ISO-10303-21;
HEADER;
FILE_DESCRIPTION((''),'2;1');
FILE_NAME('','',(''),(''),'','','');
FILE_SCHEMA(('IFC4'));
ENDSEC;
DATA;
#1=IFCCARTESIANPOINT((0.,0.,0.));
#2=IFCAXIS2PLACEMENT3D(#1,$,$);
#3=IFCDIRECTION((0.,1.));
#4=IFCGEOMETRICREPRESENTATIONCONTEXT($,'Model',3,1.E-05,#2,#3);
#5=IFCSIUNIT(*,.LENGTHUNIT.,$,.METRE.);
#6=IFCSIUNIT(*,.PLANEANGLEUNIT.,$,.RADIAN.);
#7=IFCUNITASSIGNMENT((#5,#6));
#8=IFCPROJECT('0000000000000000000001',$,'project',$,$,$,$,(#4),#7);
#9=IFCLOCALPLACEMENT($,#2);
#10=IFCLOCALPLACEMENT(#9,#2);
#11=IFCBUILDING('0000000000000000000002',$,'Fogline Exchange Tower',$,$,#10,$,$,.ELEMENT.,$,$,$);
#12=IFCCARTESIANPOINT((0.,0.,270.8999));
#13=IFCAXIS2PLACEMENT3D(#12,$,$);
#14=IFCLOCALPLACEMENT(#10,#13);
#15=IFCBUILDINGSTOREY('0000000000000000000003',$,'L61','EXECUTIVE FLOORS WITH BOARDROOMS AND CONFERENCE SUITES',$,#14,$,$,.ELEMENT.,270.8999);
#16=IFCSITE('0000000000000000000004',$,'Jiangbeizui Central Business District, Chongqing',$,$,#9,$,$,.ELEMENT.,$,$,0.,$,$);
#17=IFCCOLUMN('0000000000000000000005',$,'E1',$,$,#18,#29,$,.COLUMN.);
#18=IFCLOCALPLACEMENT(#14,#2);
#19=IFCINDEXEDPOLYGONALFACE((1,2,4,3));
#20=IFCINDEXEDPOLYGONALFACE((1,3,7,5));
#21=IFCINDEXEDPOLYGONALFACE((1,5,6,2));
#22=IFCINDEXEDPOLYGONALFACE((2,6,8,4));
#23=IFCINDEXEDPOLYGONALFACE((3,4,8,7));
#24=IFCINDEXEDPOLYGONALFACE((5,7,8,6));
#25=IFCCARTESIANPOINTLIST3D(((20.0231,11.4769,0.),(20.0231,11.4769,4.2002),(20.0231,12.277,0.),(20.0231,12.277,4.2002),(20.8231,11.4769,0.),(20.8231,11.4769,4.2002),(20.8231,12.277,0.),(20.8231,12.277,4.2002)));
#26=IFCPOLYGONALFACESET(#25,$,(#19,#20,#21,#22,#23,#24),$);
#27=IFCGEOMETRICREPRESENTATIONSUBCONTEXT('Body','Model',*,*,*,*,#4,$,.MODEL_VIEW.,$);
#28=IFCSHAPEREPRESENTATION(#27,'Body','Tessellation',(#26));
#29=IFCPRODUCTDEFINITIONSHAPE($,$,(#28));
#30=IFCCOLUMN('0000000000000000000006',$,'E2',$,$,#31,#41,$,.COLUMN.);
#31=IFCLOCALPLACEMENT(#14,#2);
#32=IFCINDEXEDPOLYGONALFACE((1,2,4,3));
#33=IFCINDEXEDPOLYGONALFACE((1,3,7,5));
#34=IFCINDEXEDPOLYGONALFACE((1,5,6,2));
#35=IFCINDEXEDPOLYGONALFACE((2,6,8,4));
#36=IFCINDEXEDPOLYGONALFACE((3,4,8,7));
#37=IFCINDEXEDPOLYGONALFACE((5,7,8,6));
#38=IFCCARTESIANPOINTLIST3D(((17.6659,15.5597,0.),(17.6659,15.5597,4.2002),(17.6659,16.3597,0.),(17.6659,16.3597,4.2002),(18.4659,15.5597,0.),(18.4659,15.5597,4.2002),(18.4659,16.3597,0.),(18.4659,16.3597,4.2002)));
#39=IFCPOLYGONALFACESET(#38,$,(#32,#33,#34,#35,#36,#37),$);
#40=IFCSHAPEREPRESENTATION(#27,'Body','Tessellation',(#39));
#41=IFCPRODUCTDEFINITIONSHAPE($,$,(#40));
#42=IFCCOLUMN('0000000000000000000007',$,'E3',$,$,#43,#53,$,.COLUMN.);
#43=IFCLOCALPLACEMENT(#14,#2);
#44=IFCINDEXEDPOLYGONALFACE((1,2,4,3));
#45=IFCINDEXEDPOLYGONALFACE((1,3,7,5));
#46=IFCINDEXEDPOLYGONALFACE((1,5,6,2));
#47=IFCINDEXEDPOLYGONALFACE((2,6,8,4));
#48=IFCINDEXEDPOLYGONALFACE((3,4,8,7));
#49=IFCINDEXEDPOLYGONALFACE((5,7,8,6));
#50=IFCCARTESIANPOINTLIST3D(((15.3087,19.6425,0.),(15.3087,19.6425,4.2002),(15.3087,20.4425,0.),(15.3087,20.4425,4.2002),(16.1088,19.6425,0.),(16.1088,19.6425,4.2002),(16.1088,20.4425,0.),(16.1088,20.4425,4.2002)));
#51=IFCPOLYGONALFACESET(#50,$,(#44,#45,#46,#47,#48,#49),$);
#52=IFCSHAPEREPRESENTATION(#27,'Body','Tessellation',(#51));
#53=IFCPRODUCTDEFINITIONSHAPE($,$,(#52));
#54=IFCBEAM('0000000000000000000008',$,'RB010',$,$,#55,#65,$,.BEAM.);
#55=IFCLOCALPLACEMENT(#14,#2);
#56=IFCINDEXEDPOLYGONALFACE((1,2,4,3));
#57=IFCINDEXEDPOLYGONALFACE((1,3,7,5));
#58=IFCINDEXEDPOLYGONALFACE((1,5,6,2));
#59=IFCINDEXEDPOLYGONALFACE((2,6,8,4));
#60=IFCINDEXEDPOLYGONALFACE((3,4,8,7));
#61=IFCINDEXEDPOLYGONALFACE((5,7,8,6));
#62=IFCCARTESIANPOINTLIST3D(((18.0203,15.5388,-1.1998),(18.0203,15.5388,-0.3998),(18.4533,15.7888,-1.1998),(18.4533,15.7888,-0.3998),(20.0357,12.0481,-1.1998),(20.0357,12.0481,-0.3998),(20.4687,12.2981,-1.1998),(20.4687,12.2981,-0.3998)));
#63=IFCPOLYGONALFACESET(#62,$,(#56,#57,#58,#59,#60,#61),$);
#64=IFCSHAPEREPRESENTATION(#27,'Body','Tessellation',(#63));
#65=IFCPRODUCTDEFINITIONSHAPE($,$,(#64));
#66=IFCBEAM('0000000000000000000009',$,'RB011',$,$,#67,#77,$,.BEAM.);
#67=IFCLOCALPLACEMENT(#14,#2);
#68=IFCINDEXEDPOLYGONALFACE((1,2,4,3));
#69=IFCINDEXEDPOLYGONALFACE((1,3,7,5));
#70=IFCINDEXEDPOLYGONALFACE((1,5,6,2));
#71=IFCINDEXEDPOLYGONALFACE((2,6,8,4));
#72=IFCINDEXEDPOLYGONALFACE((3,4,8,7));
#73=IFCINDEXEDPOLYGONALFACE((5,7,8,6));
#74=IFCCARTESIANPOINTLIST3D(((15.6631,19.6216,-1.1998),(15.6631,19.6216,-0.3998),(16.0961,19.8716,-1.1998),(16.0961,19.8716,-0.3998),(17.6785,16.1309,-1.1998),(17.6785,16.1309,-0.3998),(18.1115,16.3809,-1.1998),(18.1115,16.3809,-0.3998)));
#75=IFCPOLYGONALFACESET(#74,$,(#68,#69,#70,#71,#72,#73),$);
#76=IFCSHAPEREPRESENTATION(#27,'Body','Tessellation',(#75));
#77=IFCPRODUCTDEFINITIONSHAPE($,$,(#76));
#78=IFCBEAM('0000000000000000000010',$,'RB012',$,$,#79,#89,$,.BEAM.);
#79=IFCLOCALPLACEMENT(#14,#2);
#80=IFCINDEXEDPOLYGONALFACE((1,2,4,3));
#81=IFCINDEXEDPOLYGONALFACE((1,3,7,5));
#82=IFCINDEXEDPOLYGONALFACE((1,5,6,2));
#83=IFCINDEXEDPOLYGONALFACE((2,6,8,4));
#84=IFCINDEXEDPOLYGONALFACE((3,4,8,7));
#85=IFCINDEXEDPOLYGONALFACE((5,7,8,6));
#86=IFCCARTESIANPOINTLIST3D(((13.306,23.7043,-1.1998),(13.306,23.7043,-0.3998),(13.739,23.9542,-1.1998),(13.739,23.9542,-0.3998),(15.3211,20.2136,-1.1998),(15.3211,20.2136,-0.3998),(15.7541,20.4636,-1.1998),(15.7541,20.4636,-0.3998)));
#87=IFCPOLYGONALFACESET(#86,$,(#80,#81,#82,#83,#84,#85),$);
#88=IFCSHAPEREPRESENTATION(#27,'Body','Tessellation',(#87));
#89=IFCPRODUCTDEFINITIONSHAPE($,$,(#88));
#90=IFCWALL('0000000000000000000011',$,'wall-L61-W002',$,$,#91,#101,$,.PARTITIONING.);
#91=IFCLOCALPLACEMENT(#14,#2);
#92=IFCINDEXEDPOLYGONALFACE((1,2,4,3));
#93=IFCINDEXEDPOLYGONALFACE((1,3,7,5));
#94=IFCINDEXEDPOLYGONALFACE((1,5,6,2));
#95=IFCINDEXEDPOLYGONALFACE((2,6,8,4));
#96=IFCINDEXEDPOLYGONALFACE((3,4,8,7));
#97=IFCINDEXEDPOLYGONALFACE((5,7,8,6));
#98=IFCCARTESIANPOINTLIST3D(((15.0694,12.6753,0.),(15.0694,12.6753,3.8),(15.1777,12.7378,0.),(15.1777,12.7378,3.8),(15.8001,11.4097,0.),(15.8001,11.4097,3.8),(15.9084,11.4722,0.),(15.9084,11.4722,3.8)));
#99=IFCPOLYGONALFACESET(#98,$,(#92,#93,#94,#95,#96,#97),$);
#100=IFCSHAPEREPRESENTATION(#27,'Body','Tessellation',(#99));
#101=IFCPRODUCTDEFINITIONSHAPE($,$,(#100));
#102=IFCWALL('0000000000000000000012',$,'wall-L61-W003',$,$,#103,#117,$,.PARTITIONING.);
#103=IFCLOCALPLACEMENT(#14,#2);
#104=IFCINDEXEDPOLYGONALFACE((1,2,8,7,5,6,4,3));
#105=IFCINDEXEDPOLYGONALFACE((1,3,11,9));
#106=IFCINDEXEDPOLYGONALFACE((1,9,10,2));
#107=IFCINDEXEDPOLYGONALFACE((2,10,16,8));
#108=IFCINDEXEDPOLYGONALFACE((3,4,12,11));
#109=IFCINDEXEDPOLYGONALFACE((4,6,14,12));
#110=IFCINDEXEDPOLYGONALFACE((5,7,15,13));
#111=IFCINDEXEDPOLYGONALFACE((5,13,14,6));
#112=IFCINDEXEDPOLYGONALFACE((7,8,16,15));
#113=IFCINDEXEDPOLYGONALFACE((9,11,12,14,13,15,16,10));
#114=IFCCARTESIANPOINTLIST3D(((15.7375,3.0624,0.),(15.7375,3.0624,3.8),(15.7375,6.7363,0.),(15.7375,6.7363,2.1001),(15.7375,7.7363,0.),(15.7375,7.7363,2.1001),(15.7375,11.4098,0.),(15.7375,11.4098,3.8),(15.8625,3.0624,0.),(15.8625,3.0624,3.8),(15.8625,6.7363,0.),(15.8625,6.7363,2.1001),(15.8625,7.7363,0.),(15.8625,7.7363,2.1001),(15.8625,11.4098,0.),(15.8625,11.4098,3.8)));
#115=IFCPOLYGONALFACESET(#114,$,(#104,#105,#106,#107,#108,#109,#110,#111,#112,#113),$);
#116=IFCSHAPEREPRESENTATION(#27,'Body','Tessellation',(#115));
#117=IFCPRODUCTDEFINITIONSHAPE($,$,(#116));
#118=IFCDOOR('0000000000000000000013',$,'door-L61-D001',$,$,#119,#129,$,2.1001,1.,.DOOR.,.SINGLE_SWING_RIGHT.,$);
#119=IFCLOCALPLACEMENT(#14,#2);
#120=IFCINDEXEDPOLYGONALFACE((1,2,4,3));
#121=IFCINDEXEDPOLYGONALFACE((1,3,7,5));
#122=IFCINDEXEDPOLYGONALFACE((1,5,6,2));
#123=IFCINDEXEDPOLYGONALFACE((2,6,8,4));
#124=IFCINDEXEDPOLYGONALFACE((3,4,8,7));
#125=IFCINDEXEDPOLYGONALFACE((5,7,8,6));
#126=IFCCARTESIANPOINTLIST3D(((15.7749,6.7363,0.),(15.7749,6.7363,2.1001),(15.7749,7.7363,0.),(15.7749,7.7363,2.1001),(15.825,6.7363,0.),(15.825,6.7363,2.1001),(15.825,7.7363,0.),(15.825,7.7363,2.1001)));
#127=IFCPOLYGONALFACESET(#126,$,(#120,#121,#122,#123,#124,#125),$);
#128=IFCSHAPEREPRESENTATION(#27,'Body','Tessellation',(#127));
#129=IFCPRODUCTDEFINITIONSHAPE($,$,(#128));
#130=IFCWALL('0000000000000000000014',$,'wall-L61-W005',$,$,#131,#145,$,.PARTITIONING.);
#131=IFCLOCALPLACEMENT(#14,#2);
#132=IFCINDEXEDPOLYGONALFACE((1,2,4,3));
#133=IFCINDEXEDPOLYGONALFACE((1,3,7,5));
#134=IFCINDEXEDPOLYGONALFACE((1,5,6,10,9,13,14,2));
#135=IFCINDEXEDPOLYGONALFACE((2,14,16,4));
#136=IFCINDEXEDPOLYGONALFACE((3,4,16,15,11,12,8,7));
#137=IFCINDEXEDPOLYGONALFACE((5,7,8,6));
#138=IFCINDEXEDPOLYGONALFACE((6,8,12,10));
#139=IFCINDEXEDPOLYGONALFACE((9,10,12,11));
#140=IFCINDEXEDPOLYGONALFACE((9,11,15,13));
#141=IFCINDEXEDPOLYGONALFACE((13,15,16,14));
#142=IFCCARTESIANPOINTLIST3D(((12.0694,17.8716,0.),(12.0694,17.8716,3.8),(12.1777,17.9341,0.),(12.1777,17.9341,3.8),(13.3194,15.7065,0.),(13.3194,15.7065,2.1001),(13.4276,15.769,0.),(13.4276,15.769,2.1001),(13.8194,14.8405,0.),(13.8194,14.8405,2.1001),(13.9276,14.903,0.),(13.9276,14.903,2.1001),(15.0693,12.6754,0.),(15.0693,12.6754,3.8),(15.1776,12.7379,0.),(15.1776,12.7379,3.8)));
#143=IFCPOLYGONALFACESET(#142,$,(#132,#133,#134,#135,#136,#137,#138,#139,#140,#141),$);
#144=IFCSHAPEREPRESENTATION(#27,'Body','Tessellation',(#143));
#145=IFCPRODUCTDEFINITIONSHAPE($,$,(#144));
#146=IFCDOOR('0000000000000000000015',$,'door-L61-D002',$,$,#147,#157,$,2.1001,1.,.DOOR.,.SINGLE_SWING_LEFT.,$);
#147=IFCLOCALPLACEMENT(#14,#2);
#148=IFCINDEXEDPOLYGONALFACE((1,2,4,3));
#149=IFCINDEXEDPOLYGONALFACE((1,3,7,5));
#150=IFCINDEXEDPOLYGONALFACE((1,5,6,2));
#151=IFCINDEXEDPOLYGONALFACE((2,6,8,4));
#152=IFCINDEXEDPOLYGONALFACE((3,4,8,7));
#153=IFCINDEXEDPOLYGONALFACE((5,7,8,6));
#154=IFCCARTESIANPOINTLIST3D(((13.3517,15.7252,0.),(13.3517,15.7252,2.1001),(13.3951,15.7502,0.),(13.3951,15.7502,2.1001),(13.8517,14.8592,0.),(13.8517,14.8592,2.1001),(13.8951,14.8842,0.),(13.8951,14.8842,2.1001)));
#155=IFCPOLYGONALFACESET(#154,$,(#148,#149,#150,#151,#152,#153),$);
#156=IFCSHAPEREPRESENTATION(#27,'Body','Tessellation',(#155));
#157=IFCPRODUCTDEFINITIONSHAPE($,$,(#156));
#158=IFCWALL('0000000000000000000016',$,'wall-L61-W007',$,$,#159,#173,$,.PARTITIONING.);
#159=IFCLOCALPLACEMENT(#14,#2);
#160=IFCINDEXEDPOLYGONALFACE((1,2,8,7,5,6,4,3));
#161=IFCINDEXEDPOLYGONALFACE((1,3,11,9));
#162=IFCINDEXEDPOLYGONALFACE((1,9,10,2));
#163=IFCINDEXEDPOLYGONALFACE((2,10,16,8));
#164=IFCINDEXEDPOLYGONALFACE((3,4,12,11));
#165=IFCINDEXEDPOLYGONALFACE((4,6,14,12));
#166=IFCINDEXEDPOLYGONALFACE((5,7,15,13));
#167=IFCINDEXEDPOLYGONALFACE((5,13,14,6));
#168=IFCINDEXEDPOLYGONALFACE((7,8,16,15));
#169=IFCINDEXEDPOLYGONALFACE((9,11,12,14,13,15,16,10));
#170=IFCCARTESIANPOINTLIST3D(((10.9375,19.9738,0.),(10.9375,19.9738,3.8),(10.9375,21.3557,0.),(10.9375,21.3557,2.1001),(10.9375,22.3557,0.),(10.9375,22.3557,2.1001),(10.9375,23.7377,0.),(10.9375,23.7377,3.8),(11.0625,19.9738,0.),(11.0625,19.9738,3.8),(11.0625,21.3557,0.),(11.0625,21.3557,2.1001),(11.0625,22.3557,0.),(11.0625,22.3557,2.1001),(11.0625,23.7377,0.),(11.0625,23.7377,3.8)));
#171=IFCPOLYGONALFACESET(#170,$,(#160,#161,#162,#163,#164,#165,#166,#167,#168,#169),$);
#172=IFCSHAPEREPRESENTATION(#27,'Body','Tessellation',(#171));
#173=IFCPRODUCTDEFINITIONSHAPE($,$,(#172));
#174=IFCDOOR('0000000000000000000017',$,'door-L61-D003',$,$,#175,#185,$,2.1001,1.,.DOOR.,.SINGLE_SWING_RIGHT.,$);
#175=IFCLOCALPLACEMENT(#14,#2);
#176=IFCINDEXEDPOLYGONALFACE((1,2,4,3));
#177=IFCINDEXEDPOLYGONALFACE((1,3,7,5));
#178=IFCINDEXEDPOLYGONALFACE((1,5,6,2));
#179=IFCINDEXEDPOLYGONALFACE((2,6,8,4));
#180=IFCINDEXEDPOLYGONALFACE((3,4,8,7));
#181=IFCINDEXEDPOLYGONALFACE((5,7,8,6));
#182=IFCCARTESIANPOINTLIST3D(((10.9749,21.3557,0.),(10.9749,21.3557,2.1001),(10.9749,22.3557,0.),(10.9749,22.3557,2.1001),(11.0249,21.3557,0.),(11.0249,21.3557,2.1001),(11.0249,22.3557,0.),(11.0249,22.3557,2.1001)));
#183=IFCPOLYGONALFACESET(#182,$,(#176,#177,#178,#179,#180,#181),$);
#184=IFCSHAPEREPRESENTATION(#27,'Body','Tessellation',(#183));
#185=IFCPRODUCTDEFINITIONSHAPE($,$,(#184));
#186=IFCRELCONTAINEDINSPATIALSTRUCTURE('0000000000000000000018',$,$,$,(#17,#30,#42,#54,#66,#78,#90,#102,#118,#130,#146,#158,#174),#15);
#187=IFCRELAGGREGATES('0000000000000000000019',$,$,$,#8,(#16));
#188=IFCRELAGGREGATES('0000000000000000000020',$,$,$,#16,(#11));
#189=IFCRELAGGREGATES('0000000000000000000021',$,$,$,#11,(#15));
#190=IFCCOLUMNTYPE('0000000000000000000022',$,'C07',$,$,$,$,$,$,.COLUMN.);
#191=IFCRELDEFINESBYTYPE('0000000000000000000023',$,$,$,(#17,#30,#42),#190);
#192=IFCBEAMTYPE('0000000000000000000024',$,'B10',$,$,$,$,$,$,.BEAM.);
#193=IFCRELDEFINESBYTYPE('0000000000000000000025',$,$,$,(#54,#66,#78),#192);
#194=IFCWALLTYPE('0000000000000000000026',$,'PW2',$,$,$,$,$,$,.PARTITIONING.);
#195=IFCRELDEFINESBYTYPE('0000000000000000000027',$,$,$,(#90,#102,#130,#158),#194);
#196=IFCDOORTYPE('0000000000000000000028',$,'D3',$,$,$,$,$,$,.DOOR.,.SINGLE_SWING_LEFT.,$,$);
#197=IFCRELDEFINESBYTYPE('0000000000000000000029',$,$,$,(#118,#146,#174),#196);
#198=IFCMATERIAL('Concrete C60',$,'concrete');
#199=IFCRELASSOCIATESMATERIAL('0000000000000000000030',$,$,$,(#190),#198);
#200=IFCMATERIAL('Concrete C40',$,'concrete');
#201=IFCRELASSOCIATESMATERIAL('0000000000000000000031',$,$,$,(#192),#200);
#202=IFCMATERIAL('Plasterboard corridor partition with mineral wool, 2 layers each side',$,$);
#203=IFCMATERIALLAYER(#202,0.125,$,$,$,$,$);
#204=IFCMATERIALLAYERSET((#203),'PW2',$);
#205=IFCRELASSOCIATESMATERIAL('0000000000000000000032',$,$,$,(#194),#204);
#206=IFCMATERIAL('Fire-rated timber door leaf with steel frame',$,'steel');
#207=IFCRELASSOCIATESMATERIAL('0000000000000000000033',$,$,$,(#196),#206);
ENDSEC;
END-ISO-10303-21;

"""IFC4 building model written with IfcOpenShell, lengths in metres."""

from ifc_helpers import new_model, si_unit, direction, frame, frame_2d, origin, origin_2d, place, context, subcontext, project, spatial, rectangle, extrude, material, layer, layer_set, material_profile, profile_set, type_object, element, fill, save


model = new_model("IFC4")

# Units and contexts
model_context = context("Model", 3, precision=1e-05, world=origin(), true_north=direction((0.0, 1.0)))
body_context = subcontext(model_context, "Body", "Model", "MODEL_VIEW")
ifc_project = project(units=[si_unit("LENGTHUNIT", "METRE"), si_unit("PLANEANGLEUNIT", "RADIAN")], contexts=[model_context])

# Site, building, storey
site_placement = place(None, origin())
site = spatial("IfcSite", under=ifc_project, at=site_placement, Name="Jiangbeizui Central Business District, Chongqing", CompositionType="ELEMENT", RefElevation=0.0)
building_placement = place(site_placement, origin())
building = spatial("IfcBuilding", under=site, at=building_placement, Name="Fogline Exchange Tower", CompositionType="ELEMENT")
storey_placement = place(building_placement, frame((0.0, 0.0, 270.8999)))
storey = spatial("IfcBuildingStorey", under=building, at=storey_placement, Name="L61", Description="EXECUTIVE FLOORS WITH BOARDROOMS AND CONFERENCE SUITES", CompositionType="ELEMENT", Elevation=270.8999)

# Columns
ifc_material_1 = material(Name="Concrete C60", Category="concrete")
ifc_material_profile_1 = material_profile(ifc_material_1, rectangle(XDim=0.8, YDim=0.8, at=origin_2d()), Name="RC 800x800")
ifc_profile_set_1 = profile_set([ifc_material_profile_1], Name="Concrete C60")
column_type = type_object("IfcColumnType", Name="C07", PredefinedType="COLUMN", material=ifc_profile_set_1)
for number, where, z_axis, x_axis, name in (
    (1, (20.4231, 11.877, 0.0), (0.0, 0.0, 1.0), (1.0, 0.0, 0.0), "E1"),
    (2, (18.0659, 15.9597, 0.0), (0.0, 0.0, 1.0), (1.0, 0.0, 0.0), "E2"),
    (3, (15.7087, 20.0425, 0.0), (0.0, 0.0, 1.0), (1.0, 0.0, 0.0), "E3"),
):
    element("IfcColumn", number, at=place(storey_placement, frame(where, z_axis=z_axis, x_axis=x_axis)), inside=storey, type_object=column_type, Name=name, PredefinedType="COLUMN", context=body_context, shape_type="SweptSolid", body=[
        extrude(rectangle(XDim=0.8, YDim=0.8, at=origin_2d()), origin(), (0.0, 0.0, 1.0), 4.2002),
    ])

# Beams
ifc_material_2 = material(Name="Concrete C40", Category="concrete")
ifc_material_profile_2 = material_profile(ifc_material_2, rectangle(XDim=0.5, YDim=0.8, at=origin_2d()), Name="RC 500x800")
ifc_profile_set_2 = profile_set([ifc_material_profile_2], Name="Concrete C40")
beam_type = type_object("IfcBeamType", Name="B10", PredefinedType="BEAM", material=ifc_profile_set_2)
for number, where, z_axis, x_axis, name in (
    (4, (20.2522, 12.1731, -0.7998), (-0.500002, 0.866024, 0.0), (-0.866024, -0.500002, 0.0), "RB010"),
    (5, (17.895, 16.2559, -0.7998), (-0.500002, 0.866024, 0.0), (-0.866024, -0.500002, 0.0), "RB011"),
):
    element("IfcBeam", number, at=place(storey_placement, frame(where, z_axis=z_axis, x_axis=x_axis)), inside=storey, type_object=beam_type, Name=name, PredefinedType="BEAM", context=body_context, shape_type="SweptSolid", body=[
        extrude(rectangle(XDim=0.5, YDim=0.8, at=origin_2d()), origin(), (0.0, 0.0, 1.0), 4.0308),
    ])
beam_placement = place(storey_placement, frame((15.5376, 20.3386, -0.7998), z_axis=(-0.499957, 0.86605, 0.0), x_axis=(-0.86605, -0.499957, 0.0)))
element("IfcBeam", 6, at=beam_placement, inside=storey, type_object=beam_type, Name="RB012", PredefinedType="BEAM", context=body_context, shape_type="SweptSolid", body=[
    extrude(rectangle(XDim=0.5, YDim=0.8, at=origin_2d()), origin(), (0.0, 0.0, 1.0), 4.0305),
])

# Wall
ifc_material_3 = material(Name="Plasterboard corridor partition with mineral wool, 2 layers each side")
ifc_layer_1 = layer(ifc_material_3, 0.125)
ifc_layer_set_1 = layer_set([ifc_layer_1], Name="PW2")
wall_type_1 = type_object("IfcWallType", Name="PW2", PredefinedType="PARTITIONING", material=ifc_layer_set_1)
wall_1_placement = place(storey_placement, frame((15.1235, 12.7065, 0.0), z_axis=(0.0, 0.0, 1.0), x_axis=(0.500002, -0.866024, 0.0)))
element("IfcWall", 7, at=wall_1_placement, inside=storey, type_object=wall_type_1, Name="wall-L61-W002", PredefinedType="PARTITIONING", context=body_context, shape_type="SweptSolid", body=[
    extrude(rectangle(XDim=1.4614, YDim=0.125, at=frame_2d((0.7307, 0.0))), origin(), (0.0, 0.0, 1.0), 3.8),
])

# Walls, openings, doors
wall_2_placement = place(storey_placement, frame((15.8, 11.4099, 0.0), z_axis=(0.0, 0.0, 1.0), x_axis=(0.0, -1.0, 0.0)))
wall_2 = element("IfcWall", 8, at=wall_2_placement, inside=storey, type_object=wall_type_1, Name="wall-L61-W003", PredefinedType="PARTITIONING", context=body_context, shape_type="SweptSolid", body=[
    extrude(rectangle(XDim=8.3474, YDim=0.125, at=frame_2d((4.1738, 0.0))), origin(), (0.0, 0.0, 1.0), 3.8),
])
opening_1_placement = place(wall_2_placement, frame((3.6736, 0.0, 0.0)))
opening_1 = element("IfcOpeningElement", 9, at=opening_1_placement, cuts=wall_2, PredefinedType="OPENING", context=body_context, shape_type="SweptSolid", body=[
    extrude(rectangle(XDim=1.0, YDim=2.1001, at=frame_2d((0.5, 1.05))), frame((0.0, 0.0725, 0.0), z_axis=(0.0, -1.0, 0.0), x_axis=(1.0, 0.0, 0.0)), (0.0, 0.0, 1.0), 0.145),
])
ifc_material_4 = material(Name="Fire-rated timber door leaf with steel frame", Category="steel")
door_type = type_object("IfcDoorType", Name="D3", OperationType="SINGLE_SWING_LEFT", PredefinedType="DOOR", material=ifc_material_4)
door_1_placement = place(opening_1_placement, origin())
door_1 = element("IfcDoor", 10, at=door_1_placement, inside=storey, type_object=door_type, Name="door-L61-D001", OperationType="SINGLE_SWING_RIGHT", OverallHeight=2.1001, OverallWidth=1.0, PredefinedType="DOOR", context=body_context, shape_type="SweptSolid", body=[
    extrude(rectangle(XDim=1.0, YDim=2.1001, at=frame_2d((0.5, 1.05))), frame((0.0, 0.0249, 0.0), z_axis=(0.0, -1.0, 0.0), x_axis=(1.0, 0.0, 0.0)), (0.0, 0.0, 1.0), 0.05),
])
fill(opening_1, door_1)
wall_3_placement = place(storey_placement, frame((12.1235, 17.9028, 0.0), z_axis=(0.0, 0.0, 1.0), x_axis=(0.49999, -0.866031, 0.0)))
wall_3 = element("IfcWall", 11, at=wall_3_placement, inside=storey, type_object=wall_type_1, Name="wall-L61-W005", PredefinedType="PARTITIONING", context=body_context, shape_type="SweptSolid", body=[
    extrude(rectangle(XDim=6.0, YDim=0.125, at=frame_2d((3.0, 0.0))), origin(), (0.0, 0.0, 1.0), 3.8),
])
opening_2_placement = place(wall_3_placement, frame((2.5, 0.0, 0.0)))
opening_2 = element("IfcOpeningElement", 12, at=opening_2_placement, cuts=wall_3, PredefinedType="OPENING", context=body_context, shape_type="SweptSolid", body=[
    extrude(rectangle(XDim=1.0, YDim=2.1001, at=frame_2d((0.5, 1.05))), frame((0.0, 0.0725, 0.0), z_axis=(0.0, -1.0, 0.0), x_axis=(1.0, 0.0, 0.0)), (0.0, 0.0, 1.0), 0.145),
])
door_2_placement = place(opening_2_placement, origin())
door_2 = element("IfcDoor", 13, at=door_2_placement, inside=storey, type_object=door_type, Name="door-L61-D002", OperationType="SINGLE_SWING_LEFT", OverallHeight=2.1001, OverallWidth=1.0, PredefinedType="DOOR", context=body_context, shape_type="SweptSolid", body=[
    extrude(rectangle(XDim=1.0, YDim=2.1001, at=frame_2d((0.5, 1.05))), frame((0.0, 0.0249, 0.0), z_axis=(0.0, -1.0, 0.0), x_axis=(1.0, 0.0, 0.0)), (0.0, 0.0, 1.0), 0.05),
])
fill(opening_2, door_2)
wall_4_placement = place(storey_placement, frame((11.0, 23.7375, 0.0), z_axis=(0.0, 0.0, 1.0), x_axis=(0.0, -1.0, 0.0)))
wall_4 = element("IfcWall", 14, at=wall_4_placement, inside=storey, type_object=wall_type_1, Name="wall-L61-W007", PredefinedType="PARTITIONING", context=body_context, shape_type="SweptSolid", body=[
    extrude(rectangle(XDim=3.7639, YDim=0.125, at=frame_2d((1.8818, 0.0))), origin(), (0.0, 0.0, 1.0), 3.8),
])
opening_3_placement = place(wall_4_placement, frame((1.3818, 0.0, 0.0)))
opening_3 = element("IfcOpeningElement", 15, at=opening_3_placement, cuts=wall_4, PredefinedType="OPENING", context=body_context, shape_type="SweptSolid", body=[
    extrude(rectangle(XDim=1.0, YDim=2.1001, at=frame_2d((0.5, 1.05))), frame((0.0, 0.0725, 0.0), z_axis=(0.0, -1.0, 0.0), x_axis=(1.0, 0.0, 0.0)), (0.0, 0.0, 1.0), 0.145),
])
door_3_placement = place(opening_3_placement, origin())
door_3 = element("IfcDoor", 16, at=door_3_placement, inside=storey, type_object=door_type, Name="door-L61-D003", OperationType="SINGLE_SWING_RIGHT", OverallHeight=2.1001, OverallWidth=1.0, PredefinedType="DOOR", context=body_context, shape_type="SweptSolid", body=[
    extrude(rectangle(XDim=1.0, YDim=2.1001, at=frame_2d((0.5, 1.05))), frame((0.0, 0.0249, 0.0), z_axis=(0.0, -1.0, 0.0), x_axis=(1.0, 0.0, 0.0)), (0.0, 0.0, 1.0), 0.05),
])
fill(opening_3, door_3)

save(model, "model.ifc")
